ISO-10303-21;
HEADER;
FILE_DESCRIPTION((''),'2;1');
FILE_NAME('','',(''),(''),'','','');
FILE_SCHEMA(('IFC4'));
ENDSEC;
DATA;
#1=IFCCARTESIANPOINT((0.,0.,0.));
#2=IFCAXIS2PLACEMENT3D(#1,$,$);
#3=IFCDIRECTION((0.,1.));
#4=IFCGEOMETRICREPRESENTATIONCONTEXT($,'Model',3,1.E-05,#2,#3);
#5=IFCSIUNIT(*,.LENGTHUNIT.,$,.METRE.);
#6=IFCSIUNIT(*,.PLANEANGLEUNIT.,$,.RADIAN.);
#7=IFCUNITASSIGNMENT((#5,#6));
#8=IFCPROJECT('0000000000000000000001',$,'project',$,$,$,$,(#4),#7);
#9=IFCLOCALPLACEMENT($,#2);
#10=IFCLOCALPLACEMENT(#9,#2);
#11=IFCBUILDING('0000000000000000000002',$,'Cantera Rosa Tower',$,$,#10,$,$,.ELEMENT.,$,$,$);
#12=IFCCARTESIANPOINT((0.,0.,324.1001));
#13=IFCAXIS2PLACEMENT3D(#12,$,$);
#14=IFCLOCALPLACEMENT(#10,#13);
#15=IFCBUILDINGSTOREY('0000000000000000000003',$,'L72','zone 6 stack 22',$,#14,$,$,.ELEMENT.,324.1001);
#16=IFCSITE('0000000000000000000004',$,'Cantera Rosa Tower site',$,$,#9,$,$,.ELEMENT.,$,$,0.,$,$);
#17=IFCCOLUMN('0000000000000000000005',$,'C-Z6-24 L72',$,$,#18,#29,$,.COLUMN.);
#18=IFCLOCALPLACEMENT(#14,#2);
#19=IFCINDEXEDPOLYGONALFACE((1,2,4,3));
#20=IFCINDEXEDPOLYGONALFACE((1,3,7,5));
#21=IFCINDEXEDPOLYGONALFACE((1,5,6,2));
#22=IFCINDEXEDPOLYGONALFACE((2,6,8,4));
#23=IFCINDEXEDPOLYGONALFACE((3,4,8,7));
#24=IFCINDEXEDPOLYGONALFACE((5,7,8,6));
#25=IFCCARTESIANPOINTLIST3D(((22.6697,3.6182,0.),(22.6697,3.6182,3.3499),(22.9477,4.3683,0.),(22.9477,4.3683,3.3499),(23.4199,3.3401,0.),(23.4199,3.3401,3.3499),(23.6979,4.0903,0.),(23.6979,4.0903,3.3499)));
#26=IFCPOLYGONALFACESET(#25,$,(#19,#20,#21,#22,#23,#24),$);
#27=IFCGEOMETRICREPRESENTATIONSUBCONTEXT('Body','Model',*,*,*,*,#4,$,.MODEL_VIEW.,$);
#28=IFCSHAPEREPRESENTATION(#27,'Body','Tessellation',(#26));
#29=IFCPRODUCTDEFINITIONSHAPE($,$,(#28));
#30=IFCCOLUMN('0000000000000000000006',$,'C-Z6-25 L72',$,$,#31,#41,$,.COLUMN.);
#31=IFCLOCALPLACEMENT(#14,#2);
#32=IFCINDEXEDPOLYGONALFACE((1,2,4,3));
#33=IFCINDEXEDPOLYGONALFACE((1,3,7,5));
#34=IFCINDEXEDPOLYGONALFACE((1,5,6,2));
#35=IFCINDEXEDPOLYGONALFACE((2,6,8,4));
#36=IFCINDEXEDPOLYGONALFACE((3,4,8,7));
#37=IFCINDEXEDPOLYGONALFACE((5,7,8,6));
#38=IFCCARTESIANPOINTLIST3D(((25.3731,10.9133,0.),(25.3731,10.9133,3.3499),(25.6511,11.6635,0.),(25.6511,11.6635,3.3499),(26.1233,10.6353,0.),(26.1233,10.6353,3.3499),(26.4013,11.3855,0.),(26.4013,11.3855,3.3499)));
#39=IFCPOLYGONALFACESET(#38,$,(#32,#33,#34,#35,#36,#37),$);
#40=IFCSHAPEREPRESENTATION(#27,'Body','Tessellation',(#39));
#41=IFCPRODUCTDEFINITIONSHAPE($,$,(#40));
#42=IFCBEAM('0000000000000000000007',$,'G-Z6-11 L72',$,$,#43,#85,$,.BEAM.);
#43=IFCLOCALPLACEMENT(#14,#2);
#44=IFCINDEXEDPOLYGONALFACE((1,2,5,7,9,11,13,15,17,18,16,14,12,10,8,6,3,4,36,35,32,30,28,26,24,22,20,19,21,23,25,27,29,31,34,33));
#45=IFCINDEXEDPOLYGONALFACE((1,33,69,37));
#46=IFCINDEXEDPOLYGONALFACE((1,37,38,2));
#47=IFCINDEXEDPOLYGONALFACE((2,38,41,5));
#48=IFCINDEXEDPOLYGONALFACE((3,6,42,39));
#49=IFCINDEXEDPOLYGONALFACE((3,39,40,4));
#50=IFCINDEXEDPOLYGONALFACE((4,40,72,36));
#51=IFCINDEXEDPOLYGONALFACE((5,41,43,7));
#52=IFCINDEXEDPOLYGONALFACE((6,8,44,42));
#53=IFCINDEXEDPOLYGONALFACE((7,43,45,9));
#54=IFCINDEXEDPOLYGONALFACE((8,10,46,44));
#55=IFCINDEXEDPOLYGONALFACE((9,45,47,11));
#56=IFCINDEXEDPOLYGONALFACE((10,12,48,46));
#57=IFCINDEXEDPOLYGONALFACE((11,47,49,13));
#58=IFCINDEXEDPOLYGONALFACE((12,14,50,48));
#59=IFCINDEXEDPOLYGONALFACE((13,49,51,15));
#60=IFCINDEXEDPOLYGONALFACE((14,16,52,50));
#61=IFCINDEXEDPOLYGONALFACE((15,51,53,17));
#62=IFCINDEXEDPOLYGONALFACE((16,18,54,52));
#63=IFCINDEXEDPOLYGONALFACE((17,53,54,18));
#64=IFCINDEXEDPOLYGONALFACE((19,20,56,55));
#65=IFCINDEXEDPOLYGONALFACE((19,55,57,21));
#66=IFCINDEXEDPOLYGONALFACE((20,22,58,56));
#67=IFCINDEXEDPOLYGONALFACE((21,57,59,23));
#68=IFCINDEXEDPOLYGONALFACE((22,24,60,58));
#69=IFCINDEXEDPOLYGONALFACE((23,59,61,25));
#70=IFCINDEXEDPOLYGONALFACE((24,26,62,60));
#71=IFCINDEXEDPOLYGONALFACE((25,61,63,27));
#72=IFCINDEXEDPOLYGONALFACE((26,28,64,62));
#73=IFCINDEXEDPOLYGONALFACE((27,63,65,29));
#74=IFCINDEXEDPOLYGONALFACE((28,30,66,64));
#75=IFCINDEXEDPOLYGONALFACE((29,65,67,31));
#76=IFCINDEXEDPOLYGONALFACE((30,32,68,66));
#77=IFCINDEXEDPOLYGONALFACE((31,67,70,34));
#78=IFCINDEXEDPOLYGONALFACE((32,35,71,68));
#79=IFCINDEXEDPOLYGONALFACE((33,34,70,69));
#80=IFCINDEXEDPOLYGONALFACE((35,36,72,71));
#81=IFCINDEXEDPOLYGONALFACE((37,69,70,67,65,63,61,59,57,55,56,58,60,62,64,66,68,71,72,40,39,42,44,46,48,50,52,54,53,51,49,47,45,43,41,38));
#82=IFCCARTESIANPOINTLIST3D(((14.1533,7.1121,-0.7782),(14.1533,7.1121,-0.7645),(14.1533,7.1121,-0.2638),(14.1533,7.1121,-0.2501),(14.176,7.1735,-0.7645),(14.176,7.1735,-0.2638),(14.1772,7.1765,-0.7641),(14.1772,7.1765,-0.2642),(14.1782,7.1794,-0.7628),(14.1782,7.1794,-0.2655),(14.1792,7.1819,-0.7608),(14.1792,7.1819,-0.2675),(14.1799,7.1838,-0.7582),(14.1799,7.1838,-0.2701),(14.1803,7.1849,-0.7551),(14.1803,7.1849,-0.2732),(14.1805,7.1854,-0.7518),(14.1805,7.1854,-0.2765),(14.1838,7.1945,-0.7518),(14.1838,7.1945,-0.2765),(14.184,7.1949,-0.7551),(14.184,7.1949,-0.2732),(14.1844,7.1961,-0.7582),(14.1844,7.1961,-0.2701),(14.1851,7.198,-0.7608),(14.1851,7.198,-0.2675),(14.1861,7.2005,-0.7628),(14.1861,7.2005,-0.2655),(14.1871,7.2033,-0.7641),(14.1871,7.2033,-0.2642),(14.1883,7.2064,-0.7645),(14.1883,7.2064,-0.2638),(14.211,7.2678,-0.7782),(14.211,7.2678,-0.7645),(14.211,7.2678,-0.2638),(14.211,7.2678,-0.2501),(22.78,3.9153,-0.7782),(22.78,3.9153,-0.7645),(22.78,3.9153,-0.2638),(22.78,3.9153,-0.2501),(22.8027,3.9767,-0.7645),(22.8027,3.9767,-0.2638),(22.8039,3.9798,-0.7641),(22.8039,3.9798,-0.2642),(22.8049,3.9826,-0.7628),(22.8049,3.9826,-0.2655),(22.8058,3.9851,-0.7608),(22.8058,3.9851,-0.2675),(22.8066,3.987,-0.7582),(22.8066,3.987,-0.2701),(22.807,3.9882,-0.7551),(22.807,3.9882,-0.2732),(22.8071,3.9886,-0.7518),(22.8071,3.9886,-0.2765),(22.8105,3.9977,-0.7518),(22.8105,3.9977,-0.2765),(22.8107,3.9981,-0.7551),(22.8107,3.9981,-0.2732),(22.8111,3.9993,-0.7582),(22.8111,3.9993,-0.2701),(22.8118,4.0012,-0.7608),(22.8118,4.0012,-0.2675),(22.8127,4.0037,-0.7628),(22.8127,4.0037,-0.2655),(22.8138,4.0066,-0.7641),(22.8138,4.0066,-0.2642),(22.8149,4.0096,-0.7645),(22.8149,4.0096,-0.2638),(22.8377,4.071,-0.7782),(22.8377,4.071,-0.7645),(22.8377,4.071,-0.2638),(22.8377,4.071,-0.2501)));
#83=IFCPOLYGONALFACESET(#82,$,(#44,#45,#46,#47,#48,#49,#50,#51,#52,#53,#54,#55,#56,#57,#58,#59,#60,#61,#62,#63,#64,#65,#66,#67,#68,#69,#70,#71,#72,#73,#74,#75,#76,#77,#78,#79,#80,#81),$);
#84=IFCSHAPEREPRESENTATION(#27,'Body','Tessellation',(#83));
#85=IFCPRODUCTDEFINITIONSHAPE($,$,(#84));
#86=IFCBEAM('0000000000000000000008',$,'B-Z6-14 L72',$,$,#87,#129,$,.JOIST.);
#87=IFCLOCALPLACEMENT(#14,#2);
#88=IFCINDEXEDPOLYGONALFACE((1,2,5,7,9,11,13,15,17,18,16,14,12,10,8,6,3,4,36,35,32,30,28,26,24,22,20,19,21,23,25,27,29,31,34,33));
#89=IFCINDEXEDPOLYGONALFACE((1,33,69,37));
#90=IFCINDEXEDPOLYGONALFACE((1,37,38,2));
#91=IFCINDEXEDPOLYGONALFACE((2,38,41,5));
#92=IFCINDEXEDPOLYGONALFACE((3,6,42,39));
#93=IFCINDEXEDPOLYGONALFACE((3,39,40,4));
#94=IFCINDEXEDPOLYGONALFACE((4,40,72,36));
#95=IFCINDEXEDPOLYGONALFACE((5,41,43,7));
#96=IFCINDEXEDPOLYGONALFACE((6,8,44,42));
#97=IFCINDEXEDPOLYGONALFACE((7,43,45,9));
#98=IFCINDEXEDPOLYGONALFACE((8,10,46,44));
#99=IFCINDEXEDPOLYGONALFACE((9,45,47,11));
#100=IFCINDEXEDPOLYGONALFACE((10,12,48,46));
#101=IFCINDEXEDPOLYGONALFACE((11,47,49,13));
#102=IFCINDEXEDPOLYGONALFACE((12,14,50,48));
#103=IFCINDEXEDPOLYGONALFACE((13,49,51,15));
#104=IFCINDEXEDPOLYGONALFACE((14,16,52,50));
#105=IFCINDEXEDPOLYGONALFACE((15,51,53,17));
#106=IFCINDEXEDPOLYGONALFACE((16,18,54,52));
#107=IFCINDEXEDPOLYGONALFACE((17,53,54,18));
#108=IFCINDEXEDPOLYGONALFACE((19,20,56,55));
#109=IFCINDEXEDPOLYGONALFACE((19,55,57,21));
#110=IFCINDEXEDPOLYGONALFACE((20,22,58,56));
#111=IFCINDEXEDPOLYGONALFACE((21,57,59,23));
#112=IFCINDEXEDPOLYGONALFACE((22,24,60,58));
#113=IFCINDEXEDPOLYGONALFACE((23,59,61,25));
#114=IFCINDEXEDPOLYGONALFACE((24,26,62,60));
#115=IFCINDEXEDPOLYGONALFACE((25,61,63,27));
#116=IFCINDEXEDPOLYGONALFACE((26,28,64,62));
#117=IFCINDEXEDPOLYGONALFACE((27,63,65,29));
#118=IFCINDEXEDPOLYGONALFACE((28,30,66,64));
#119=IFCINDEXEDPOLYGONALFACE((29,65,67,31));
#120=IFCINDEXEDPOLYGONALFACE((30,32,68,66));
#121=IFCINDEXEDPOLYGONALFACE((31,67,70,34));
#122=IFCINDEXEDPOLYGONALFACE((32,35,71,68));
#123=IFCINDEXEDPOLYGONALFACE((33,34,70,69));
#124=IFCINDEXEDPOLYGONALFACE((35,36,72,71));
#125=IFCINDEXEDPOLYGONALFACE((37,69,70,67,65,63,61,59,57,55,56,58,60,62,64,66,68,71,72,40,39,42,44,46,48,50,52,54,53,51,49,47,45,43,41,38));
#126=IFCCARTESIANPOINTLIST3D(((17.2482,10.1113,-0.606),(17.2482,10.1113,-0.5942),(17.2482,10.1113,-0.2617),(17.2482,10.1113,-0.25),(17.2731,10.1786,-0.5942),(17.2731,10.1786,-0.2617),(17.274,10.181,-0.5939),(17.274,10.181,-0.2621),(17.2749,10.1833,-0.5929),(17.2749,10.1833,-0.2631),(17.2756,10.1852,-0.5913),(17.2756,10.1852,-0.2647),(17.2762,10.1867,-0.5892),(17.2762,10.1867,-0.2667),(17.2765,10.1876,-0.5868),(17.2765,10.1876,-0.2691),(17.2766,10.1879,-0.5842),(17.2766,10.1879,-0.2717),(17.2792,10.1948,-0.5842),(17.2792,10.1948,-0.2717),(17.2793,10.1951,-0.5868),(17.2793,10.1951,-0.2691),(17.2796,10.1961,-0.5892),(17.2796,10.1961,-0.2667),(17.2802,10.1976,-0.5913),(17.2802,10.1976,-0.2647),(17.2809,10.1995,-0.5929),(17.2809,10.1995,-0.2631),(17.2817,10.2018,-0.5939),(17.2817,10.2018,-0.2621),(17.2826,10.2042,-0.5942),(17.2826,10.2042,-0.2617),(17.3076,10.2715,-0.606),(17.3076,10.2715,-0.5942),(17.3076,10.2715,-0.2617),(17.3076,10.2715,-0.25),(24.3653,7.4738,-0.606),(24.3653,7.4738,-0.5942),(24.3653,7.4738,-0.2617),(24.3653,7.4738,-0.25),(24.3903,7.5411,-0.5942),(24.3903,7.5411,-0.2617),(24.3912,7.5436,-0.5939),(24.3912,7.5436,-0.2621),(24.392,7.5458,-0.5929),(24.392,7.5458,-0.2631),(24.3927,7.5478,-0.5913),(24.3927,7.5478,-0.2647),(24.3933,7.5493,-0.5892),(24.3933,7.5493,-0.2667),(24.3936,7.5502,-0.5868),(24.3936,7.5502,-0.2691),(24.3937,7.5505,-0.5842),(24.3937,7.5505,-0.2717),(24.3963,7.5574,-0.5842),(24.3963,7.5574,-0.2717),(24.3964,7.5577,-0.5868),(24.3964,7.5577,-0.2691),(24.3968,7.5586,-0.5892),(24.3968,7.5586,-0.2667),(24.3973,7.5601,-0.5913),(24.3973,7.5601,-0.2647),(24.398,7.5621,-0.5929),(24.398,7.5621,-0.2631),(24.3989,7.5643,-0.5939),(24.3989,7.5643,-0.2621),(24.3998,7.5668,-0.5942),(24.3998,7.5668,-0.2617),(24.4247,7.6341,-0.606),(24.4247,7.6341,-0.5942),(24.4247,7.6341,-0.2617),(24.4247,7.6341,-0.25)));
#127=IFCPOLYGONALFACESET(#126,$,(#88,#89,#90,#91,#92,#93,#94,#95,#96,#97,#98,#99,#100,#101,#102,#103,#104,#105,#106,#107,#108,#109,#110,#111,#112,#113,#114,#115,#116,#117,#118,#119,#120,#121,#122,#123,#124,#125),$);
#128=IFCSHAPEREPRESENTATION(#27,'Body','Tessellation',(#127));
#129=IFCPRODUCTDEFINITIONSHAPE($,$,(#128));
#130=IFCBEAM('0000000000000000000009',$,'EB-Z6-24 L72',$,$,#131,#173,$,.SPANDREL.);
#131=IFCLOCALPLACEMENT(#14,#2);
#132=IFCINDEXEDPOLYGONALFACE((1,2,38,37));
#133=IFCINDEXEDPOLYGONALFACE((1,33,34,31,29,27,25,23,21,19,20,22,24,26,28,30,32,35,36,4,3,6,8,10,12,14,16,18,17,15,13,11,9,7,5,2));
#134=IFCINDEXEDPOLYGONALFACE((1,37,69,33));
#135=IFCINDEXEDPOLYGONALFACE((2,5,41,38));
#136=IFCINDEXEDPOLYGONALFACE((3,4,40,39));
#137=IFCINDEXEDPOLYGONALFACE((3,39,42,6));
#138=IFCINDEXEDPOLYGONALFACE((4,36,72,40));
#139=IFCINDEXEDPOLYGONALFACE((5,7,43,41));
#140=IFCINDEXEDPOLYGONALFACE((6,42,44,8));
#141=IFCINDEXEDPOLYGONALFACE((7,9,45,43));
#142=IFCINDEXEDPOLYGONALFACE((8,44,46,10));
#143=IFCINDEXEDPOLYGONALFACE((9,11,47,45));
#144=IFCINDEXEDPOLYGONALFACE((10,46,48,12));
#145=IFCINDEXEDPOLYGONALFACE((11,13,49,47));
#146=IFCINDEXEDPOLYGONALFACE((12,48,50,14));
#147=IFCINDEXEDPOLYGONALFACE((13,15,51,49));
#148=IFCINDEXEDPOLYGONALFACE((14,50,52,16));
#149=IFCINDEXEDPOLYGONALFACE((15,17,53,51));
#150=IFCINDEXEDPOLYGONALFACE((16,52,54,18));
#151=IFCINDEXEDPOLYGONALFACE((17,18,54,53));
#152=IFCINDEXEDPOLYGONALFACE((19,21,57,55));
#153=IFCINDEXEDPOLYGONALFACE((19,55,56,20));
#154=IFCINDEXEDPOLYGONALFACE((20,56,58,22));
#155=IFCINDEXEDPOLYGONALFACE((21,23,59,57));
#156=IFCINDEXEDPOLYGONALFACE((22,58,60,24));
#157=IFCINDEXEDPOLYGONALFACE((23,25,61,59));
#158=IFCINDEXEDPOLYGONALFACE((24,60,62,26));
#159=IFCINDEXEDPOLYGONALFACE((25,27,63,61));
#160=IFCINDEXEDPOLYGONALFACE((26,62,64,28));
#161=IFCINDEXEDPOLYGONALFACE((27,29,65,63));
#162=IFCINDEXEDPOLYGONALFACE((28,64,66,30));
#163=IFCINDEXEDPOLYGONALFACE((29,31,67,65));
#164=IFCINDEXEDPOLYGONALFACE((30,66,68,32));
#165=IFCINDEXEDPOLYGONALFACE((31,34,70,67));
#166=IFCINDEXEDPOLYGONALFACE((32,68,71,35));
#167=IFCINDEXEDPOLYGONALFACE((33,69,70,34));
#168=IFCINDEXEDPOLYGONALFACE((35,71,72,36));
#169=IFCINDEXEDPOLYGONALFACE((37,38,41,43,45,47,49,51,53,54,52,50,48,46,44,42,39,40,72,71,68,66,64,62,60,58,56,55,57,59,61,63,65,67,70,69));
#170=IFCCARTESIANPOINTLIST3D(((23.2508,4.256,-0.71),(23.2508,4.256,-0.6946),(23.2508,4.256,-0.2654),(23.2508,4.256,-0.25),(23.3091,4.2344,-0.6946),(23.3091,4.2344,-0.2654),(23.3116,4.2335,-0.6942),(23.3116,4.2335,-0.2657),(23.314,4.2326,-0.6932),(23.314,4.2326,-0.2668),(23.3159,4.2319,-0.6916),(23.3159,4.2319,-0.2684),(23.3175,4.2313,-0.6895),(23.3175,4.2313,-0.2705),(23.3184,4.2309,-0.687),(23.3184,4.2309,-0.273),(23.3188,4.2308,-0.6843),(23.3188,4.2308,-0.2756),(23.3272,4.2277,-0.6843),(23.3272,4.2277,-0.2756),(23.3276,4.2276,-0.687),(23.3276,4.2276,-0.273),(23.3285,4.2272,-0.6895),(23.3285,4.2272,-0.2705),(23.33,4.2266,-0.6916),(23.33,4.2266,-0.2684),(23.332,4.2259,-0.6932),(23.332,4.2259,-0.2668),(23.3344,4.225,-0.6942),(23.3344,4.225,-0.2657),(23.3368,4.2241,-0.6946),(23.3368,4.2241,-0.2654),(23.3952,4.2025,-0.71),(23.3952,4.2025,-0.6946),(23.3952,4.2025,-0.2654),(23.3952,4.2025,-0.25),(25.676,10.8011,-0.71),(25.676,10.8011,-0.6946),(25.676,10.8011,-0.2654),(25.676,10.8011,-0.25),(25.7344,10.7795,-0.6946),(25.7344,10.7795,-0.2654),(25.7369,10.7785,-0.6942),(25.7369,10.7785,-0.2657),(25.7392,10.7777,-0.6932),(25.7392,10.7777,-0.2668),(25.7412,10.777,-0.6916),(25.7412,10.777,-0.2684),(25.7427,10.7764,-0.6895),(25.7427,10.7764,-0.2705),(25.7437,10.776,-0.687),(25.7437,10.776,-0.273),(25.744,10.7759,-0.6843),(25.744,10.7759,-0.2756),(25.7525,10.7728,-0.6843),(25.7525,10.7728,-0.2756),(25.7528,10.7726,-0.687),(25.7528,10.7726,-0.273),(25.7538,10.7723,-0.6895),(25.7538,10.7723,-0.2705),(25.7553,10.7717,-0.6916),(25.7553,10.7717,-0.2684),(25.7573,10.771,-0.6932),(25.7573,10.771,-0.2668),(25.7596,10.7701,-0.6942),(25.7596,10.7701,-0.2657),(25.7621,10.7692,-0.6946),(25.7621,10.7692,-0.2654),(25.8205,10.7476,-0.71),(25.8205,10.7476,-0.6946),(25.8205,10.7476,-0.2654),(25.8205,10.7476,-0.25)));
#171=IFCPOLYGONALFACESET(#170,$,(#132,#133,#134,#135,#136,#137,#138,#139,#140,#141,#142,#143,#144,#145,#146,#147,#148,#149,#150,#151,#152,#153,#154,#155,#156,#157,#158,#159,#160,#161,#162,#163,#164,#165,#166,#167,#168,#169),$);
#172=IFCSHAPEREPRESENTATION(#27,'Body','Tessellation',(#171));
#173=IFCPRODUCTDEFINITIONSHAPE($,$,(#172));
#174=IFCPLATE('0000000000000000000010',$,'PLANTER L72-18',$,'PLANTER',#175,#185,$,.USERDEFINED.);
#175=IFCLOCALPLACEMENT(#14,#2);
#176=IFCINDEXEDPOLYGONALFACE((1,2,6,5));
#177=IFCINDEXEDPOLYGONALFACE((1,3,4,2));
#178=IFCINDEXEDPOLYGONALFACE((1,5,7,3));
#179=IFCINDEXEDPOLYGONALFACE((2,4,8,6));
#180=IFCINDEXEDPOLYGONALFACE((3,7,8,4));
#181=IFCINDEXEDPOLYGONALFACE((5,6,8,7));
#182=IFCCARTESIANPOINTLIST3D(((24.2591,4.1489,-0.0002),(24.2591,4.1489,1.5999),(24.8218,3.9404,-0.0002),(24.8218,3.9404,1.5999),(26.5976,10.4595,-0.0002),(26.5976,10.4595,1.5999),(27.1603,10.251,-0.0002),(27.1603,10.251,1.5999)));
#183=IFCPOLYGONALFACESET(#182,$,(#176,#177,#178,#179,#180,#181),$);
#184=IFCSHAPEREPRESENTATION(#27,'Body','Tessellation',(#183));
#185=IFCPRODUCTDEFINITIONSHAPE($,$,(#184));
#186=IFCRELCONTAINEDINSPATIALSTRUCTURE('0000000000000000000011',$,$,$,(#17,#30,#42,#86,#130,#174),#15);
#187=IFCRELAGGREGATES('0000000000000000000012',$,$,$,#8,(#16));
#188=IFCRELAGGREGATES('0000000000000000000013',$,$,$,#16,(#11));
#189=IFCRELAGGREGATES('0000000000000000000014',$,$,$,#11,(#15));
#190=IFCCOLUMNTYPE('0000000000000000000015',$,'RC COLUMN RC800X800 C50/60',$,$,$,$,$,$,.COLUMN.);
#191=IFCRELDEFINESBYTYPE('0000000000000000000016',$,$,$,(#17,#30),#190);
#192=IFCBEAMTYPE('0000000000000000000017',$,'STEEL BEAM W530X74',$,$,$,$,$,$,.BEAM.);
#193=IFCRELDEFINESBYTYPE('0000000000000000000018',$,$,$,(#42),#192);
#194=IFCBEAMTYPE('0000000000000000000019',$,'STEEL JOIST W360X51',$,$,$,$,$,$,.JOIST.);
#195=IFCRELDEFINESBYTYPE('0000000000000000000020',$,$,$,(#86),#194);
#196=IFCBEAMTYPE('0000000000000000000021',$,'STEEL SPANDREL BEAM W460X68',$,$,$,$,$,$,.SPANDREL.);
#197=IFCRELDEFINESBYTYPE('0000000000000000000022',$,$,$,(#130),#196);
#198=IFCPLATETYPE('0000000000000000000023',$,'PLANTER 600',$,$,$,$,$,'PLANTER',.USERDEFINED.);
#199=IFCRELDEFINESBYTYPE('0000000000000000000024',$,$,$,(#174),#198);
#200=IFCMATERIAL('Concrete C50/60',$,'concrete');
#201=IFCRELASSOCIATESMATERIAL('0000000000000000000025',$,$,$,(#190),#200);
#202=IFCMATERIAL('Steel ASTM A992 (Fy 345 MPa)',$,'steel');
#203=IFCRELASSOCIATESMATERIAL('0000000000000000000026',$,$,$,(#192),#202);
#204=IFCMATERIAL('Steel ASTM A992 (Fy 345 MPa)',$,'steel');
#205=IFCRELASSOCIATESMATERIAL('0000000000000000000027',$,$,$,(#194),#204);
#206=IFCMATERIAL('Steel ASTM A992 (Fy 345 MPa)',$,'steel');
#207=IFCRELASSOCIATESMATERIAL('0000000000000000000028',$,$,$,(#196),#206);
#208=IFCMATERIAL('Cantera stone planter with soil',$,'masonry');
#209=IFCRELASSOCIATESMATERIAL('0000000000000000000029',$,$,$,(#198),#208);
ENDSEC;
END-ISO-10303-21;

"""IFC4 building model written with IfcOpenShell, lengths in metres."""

from ifc_helpers import new_model, si_unit, direction, frame, origin, origin_2d, place, context, subcontext, project, spatial, rectangle, i_section, extrude, material, material_profile, profile_set, type_object, element, save


model = new_model("IFC4")

# Units and contexts
model_context = context("Model", 3, precision=1e-05, world=origin(), true_north=direction((0.0, 1.0)))
body_context = subcontext(model_context, "Body", "Model", "MODEL_VIEW")
ifc_project = project(units=[si_unit("LENGTHUNIT", "METRE"), si_unit("PLANEANGLEUNIT", "RADIAN")], contexts=[model_context])

# Site, building, storey
site_placement = place(None, origin())
site = spatial("IfcSite", under=ifc_project, at=site_placement, Name="Cantera Rosa Tower site", CompositionType="ELEMENT", RefElevation=0.0)
building_placement = place(site_placement, origin())
building = spatial("IfcBuilding", under=site, at=building_placement, Name="Cantera Rosa Tower", CompositionType="ELEMENT")
storey_placement = place(building_placement, frame((0.0, 0.0, 324.1001)))
storey = spatial("IfcBuildingStorey", under=building, at=storey_placement, Name="L72", Description="zone 6 stack 22", CompositionType="ELEMENT", Elevation=324.1001)

# Columns
ifc_material_1 = material(Name="Concrete C50/60", Category="concrete")
ifc_material_profile_1 = material_profile(ifc_material_1, rectangle(XDim=0.8, YDim=0.8, at=origin_2d()), Name="RC COLUMN RC800X800 C50/60")
ifc_profile_set_1 = profile_set([ifc_material_profile_1], Name="Concrete C50/60")
column_type = type_object("IfcColumnType", Name="RC COLUMN RC800X800 C50/60", PredefinedType="COLUMN", material=ifc_profile_set_1)
for number, where, z_axis, x_axis, name in (
    (1, (23.1838, 3.8542, 0.0), (0.0, 0.0, 1.0), (0.347481, 0.937687, 0.0), "C-Z6-24 L72"),
    (2, (25.8872, 11.1494, 0.0), (0.0, 0.0, 1.0), (0.347481, 0.937687, 0.0), "C-Z6-25 L72"),
):
    element("IfcColumn", number, at=place(storey_placement, frame(where, z_axis=z_axis, x_axis=x_axis)), inside=storey, type_object=column_type, Name=name, PredefinedType="COLUMN", context=body_context, shape_type="SweptSolid", body=[
        extrude(rectangle(XDim=0.8, YDim=0.8, at=origin_2d()), origin(), (0.0, 0.0, 1.0), 3.3499),
    ])

# Beams
ifc_material_2 = material(Name="Steel ASTM A992 (Fy 345 MPa)", Category="steel")
ifc_material_profile_2 = material_profile(ifc_material_2, i_section(OverallWidth=0.166, OverallDepth=0.5281, WebThickness=0.0098, FlangeThickness=0.0137, FilletRadius=0.0127, at=origin_2d()), Name="W530X74")
ifc_profile_set_2 = profile_set([ifc_material_profile_2], Name="Steel ASTM A992 (Fy 345 MPa)")
beam_type_1 = type_object("IfcBeamType", Name="STEEL BEAM W530X74", PredefinedType="BEAM", material=ifc_profile_set_2)
beam_1_placement = place(storey_placement, frame((22.8088, 3.9932, -0.5142), z_axis=(-0.937689, 0.347477, 0.0), x_axis=(-0.347477, -0.937689, 0.0)))
element("IfcBeam", 3, at=beam_1_placement, inside=storey, type_object=beam_type_1, Name="G-Z6-11 L72", PredefinedType="BEAM", context=body_context, shape_type="SweptSolid", body=[
    extrude(i_section(OverallWidth=0.166, OverallDepth=0.5281, WebThickness=0.0098, FlangeThickness=0.0137, FilletRadius=0.0127, at=origin_2d()), origin(), (0.0, 0.0, 1.0), 9.2),
])
ifc_material_3 = material(Name="Steel ASTM A992 (Fy 345 MPa)", Category="steel")
ifc_material_profile_3 = material_profile(ifc_material_3, i_section(OverallWidth=0.1709, OverallDepth=0.356, WebThickness=0.0073, FlangeThickness=0.0117, FilletRadius=0.01, at=origin_2d()), Name="W360X51")
ifc_profile_set_3 = profile_set([ifc_material_profile_3], Name="Steel ASTM A992 (Fy 345 MPa)")
beam_type_2 = type_object("IfcBeamType", Name="STEEL JOIST W360X51", PredefinedType="JOIST", material=ifc_profile_set_3)
beam_2_placement = place(storey_placement, frame((24.395, 7.554, -0.428), z_axis=(-0.937686, 0.347483, 0.0), x_axis=(-0.347483, -0.937686, 0.0)))
element("IfcBeam", 4, at=beam_2_placement, inside=storey, type_object=beam_type_2, Name="B-Z6-14 L72", PredefinedType="JOIST", context=body_context, shape_type="SweptSolid", body=[
    extrude(i_section(OverallWidth=0.1709, OverallDepth=0.356, WebThickness=0.0073, FlangeThickness=0.0117, FilletRadius=0.01, at=origin_2d()), origin(), (0.0, 0.0, 1.0), 7.5901),
])
ifc_material_4 = material(Name="Steel ASTM A992 (Fy 345 MPa)", Category="steel")
ifc_material_profile_4 = material_profile(ifc_material_4, i_section(OverallWidth=0.1541, OverallDepth=0.46, WebThickness=0.009, FlangeThickness=0.0154, FilletRadius=0.0103, at=origin_2d()), Name="W460X68")
ifc_profile_set_4 = profile_set([ifc_material_profile_4], Name="Steel ASTM A992 (Fy 345 MPa)")
beam_type_3 = type_object("IfcBeamType", Name="STEEL SPANDREL BEAM W460X68", PredefinedType="SPANDREL", material=ifc_profile_set_4)
beam_3_placement = place(storey_placement, frame((23.323, 4.2292, -0.48), z_axis=(0.34746, 0.937695, 0.0), x_axis=(-0.937695, 0.34746, 0.0)))
element("IfcBeam", 5, at=beam_3_placement, inside=storey, type_object=beam_type_3, Name="EB-Z6-24 L72", PredefinedType="SPANDREL", context=body_context, shape_type="SweptSolid", body=[
    extrude(i_section(OverallWidth=0.1541, OverallDepth=0.46, WebThickness=0.009, FlangeThickness=0.0154, FilletRadius=0.0103, at=origin_2d()), origin(), (0.0, 0.0, 1.0), 6.98),
])

# Plate
ifc_material_5 = material(Name="Cantera stone planter with soil", Category="masonry")
plate_type = type_object("IfcPlateType", Name="PLANTER 600", ElementType="PLANTER", PredefinedType="USERDEFINED", material=ifc_material_5)
plate_placement = place(storey_placement, frame((25.7097, 7.2, -0.0002), z_axis=(0.0, 0.0, 1.0), x_axis=(0.347481, 0.937687, 0.0)))
element("IfcPlate", 6, at=plate_placement, inside=storey, type_object=plate_type, Name="PLANTER L72-18", ObjectType="PLANTER", PredefinedType="USERDEFINED", context=body_context, shape_type="SweptSolid", body=[
    extrude(rectangle(XDim=6.73, YDim=0.6001, at=origin_2d()), origin(), (0.0, 0.0, 1.0), 1.6001),
])

save(model, "model.ifc")
